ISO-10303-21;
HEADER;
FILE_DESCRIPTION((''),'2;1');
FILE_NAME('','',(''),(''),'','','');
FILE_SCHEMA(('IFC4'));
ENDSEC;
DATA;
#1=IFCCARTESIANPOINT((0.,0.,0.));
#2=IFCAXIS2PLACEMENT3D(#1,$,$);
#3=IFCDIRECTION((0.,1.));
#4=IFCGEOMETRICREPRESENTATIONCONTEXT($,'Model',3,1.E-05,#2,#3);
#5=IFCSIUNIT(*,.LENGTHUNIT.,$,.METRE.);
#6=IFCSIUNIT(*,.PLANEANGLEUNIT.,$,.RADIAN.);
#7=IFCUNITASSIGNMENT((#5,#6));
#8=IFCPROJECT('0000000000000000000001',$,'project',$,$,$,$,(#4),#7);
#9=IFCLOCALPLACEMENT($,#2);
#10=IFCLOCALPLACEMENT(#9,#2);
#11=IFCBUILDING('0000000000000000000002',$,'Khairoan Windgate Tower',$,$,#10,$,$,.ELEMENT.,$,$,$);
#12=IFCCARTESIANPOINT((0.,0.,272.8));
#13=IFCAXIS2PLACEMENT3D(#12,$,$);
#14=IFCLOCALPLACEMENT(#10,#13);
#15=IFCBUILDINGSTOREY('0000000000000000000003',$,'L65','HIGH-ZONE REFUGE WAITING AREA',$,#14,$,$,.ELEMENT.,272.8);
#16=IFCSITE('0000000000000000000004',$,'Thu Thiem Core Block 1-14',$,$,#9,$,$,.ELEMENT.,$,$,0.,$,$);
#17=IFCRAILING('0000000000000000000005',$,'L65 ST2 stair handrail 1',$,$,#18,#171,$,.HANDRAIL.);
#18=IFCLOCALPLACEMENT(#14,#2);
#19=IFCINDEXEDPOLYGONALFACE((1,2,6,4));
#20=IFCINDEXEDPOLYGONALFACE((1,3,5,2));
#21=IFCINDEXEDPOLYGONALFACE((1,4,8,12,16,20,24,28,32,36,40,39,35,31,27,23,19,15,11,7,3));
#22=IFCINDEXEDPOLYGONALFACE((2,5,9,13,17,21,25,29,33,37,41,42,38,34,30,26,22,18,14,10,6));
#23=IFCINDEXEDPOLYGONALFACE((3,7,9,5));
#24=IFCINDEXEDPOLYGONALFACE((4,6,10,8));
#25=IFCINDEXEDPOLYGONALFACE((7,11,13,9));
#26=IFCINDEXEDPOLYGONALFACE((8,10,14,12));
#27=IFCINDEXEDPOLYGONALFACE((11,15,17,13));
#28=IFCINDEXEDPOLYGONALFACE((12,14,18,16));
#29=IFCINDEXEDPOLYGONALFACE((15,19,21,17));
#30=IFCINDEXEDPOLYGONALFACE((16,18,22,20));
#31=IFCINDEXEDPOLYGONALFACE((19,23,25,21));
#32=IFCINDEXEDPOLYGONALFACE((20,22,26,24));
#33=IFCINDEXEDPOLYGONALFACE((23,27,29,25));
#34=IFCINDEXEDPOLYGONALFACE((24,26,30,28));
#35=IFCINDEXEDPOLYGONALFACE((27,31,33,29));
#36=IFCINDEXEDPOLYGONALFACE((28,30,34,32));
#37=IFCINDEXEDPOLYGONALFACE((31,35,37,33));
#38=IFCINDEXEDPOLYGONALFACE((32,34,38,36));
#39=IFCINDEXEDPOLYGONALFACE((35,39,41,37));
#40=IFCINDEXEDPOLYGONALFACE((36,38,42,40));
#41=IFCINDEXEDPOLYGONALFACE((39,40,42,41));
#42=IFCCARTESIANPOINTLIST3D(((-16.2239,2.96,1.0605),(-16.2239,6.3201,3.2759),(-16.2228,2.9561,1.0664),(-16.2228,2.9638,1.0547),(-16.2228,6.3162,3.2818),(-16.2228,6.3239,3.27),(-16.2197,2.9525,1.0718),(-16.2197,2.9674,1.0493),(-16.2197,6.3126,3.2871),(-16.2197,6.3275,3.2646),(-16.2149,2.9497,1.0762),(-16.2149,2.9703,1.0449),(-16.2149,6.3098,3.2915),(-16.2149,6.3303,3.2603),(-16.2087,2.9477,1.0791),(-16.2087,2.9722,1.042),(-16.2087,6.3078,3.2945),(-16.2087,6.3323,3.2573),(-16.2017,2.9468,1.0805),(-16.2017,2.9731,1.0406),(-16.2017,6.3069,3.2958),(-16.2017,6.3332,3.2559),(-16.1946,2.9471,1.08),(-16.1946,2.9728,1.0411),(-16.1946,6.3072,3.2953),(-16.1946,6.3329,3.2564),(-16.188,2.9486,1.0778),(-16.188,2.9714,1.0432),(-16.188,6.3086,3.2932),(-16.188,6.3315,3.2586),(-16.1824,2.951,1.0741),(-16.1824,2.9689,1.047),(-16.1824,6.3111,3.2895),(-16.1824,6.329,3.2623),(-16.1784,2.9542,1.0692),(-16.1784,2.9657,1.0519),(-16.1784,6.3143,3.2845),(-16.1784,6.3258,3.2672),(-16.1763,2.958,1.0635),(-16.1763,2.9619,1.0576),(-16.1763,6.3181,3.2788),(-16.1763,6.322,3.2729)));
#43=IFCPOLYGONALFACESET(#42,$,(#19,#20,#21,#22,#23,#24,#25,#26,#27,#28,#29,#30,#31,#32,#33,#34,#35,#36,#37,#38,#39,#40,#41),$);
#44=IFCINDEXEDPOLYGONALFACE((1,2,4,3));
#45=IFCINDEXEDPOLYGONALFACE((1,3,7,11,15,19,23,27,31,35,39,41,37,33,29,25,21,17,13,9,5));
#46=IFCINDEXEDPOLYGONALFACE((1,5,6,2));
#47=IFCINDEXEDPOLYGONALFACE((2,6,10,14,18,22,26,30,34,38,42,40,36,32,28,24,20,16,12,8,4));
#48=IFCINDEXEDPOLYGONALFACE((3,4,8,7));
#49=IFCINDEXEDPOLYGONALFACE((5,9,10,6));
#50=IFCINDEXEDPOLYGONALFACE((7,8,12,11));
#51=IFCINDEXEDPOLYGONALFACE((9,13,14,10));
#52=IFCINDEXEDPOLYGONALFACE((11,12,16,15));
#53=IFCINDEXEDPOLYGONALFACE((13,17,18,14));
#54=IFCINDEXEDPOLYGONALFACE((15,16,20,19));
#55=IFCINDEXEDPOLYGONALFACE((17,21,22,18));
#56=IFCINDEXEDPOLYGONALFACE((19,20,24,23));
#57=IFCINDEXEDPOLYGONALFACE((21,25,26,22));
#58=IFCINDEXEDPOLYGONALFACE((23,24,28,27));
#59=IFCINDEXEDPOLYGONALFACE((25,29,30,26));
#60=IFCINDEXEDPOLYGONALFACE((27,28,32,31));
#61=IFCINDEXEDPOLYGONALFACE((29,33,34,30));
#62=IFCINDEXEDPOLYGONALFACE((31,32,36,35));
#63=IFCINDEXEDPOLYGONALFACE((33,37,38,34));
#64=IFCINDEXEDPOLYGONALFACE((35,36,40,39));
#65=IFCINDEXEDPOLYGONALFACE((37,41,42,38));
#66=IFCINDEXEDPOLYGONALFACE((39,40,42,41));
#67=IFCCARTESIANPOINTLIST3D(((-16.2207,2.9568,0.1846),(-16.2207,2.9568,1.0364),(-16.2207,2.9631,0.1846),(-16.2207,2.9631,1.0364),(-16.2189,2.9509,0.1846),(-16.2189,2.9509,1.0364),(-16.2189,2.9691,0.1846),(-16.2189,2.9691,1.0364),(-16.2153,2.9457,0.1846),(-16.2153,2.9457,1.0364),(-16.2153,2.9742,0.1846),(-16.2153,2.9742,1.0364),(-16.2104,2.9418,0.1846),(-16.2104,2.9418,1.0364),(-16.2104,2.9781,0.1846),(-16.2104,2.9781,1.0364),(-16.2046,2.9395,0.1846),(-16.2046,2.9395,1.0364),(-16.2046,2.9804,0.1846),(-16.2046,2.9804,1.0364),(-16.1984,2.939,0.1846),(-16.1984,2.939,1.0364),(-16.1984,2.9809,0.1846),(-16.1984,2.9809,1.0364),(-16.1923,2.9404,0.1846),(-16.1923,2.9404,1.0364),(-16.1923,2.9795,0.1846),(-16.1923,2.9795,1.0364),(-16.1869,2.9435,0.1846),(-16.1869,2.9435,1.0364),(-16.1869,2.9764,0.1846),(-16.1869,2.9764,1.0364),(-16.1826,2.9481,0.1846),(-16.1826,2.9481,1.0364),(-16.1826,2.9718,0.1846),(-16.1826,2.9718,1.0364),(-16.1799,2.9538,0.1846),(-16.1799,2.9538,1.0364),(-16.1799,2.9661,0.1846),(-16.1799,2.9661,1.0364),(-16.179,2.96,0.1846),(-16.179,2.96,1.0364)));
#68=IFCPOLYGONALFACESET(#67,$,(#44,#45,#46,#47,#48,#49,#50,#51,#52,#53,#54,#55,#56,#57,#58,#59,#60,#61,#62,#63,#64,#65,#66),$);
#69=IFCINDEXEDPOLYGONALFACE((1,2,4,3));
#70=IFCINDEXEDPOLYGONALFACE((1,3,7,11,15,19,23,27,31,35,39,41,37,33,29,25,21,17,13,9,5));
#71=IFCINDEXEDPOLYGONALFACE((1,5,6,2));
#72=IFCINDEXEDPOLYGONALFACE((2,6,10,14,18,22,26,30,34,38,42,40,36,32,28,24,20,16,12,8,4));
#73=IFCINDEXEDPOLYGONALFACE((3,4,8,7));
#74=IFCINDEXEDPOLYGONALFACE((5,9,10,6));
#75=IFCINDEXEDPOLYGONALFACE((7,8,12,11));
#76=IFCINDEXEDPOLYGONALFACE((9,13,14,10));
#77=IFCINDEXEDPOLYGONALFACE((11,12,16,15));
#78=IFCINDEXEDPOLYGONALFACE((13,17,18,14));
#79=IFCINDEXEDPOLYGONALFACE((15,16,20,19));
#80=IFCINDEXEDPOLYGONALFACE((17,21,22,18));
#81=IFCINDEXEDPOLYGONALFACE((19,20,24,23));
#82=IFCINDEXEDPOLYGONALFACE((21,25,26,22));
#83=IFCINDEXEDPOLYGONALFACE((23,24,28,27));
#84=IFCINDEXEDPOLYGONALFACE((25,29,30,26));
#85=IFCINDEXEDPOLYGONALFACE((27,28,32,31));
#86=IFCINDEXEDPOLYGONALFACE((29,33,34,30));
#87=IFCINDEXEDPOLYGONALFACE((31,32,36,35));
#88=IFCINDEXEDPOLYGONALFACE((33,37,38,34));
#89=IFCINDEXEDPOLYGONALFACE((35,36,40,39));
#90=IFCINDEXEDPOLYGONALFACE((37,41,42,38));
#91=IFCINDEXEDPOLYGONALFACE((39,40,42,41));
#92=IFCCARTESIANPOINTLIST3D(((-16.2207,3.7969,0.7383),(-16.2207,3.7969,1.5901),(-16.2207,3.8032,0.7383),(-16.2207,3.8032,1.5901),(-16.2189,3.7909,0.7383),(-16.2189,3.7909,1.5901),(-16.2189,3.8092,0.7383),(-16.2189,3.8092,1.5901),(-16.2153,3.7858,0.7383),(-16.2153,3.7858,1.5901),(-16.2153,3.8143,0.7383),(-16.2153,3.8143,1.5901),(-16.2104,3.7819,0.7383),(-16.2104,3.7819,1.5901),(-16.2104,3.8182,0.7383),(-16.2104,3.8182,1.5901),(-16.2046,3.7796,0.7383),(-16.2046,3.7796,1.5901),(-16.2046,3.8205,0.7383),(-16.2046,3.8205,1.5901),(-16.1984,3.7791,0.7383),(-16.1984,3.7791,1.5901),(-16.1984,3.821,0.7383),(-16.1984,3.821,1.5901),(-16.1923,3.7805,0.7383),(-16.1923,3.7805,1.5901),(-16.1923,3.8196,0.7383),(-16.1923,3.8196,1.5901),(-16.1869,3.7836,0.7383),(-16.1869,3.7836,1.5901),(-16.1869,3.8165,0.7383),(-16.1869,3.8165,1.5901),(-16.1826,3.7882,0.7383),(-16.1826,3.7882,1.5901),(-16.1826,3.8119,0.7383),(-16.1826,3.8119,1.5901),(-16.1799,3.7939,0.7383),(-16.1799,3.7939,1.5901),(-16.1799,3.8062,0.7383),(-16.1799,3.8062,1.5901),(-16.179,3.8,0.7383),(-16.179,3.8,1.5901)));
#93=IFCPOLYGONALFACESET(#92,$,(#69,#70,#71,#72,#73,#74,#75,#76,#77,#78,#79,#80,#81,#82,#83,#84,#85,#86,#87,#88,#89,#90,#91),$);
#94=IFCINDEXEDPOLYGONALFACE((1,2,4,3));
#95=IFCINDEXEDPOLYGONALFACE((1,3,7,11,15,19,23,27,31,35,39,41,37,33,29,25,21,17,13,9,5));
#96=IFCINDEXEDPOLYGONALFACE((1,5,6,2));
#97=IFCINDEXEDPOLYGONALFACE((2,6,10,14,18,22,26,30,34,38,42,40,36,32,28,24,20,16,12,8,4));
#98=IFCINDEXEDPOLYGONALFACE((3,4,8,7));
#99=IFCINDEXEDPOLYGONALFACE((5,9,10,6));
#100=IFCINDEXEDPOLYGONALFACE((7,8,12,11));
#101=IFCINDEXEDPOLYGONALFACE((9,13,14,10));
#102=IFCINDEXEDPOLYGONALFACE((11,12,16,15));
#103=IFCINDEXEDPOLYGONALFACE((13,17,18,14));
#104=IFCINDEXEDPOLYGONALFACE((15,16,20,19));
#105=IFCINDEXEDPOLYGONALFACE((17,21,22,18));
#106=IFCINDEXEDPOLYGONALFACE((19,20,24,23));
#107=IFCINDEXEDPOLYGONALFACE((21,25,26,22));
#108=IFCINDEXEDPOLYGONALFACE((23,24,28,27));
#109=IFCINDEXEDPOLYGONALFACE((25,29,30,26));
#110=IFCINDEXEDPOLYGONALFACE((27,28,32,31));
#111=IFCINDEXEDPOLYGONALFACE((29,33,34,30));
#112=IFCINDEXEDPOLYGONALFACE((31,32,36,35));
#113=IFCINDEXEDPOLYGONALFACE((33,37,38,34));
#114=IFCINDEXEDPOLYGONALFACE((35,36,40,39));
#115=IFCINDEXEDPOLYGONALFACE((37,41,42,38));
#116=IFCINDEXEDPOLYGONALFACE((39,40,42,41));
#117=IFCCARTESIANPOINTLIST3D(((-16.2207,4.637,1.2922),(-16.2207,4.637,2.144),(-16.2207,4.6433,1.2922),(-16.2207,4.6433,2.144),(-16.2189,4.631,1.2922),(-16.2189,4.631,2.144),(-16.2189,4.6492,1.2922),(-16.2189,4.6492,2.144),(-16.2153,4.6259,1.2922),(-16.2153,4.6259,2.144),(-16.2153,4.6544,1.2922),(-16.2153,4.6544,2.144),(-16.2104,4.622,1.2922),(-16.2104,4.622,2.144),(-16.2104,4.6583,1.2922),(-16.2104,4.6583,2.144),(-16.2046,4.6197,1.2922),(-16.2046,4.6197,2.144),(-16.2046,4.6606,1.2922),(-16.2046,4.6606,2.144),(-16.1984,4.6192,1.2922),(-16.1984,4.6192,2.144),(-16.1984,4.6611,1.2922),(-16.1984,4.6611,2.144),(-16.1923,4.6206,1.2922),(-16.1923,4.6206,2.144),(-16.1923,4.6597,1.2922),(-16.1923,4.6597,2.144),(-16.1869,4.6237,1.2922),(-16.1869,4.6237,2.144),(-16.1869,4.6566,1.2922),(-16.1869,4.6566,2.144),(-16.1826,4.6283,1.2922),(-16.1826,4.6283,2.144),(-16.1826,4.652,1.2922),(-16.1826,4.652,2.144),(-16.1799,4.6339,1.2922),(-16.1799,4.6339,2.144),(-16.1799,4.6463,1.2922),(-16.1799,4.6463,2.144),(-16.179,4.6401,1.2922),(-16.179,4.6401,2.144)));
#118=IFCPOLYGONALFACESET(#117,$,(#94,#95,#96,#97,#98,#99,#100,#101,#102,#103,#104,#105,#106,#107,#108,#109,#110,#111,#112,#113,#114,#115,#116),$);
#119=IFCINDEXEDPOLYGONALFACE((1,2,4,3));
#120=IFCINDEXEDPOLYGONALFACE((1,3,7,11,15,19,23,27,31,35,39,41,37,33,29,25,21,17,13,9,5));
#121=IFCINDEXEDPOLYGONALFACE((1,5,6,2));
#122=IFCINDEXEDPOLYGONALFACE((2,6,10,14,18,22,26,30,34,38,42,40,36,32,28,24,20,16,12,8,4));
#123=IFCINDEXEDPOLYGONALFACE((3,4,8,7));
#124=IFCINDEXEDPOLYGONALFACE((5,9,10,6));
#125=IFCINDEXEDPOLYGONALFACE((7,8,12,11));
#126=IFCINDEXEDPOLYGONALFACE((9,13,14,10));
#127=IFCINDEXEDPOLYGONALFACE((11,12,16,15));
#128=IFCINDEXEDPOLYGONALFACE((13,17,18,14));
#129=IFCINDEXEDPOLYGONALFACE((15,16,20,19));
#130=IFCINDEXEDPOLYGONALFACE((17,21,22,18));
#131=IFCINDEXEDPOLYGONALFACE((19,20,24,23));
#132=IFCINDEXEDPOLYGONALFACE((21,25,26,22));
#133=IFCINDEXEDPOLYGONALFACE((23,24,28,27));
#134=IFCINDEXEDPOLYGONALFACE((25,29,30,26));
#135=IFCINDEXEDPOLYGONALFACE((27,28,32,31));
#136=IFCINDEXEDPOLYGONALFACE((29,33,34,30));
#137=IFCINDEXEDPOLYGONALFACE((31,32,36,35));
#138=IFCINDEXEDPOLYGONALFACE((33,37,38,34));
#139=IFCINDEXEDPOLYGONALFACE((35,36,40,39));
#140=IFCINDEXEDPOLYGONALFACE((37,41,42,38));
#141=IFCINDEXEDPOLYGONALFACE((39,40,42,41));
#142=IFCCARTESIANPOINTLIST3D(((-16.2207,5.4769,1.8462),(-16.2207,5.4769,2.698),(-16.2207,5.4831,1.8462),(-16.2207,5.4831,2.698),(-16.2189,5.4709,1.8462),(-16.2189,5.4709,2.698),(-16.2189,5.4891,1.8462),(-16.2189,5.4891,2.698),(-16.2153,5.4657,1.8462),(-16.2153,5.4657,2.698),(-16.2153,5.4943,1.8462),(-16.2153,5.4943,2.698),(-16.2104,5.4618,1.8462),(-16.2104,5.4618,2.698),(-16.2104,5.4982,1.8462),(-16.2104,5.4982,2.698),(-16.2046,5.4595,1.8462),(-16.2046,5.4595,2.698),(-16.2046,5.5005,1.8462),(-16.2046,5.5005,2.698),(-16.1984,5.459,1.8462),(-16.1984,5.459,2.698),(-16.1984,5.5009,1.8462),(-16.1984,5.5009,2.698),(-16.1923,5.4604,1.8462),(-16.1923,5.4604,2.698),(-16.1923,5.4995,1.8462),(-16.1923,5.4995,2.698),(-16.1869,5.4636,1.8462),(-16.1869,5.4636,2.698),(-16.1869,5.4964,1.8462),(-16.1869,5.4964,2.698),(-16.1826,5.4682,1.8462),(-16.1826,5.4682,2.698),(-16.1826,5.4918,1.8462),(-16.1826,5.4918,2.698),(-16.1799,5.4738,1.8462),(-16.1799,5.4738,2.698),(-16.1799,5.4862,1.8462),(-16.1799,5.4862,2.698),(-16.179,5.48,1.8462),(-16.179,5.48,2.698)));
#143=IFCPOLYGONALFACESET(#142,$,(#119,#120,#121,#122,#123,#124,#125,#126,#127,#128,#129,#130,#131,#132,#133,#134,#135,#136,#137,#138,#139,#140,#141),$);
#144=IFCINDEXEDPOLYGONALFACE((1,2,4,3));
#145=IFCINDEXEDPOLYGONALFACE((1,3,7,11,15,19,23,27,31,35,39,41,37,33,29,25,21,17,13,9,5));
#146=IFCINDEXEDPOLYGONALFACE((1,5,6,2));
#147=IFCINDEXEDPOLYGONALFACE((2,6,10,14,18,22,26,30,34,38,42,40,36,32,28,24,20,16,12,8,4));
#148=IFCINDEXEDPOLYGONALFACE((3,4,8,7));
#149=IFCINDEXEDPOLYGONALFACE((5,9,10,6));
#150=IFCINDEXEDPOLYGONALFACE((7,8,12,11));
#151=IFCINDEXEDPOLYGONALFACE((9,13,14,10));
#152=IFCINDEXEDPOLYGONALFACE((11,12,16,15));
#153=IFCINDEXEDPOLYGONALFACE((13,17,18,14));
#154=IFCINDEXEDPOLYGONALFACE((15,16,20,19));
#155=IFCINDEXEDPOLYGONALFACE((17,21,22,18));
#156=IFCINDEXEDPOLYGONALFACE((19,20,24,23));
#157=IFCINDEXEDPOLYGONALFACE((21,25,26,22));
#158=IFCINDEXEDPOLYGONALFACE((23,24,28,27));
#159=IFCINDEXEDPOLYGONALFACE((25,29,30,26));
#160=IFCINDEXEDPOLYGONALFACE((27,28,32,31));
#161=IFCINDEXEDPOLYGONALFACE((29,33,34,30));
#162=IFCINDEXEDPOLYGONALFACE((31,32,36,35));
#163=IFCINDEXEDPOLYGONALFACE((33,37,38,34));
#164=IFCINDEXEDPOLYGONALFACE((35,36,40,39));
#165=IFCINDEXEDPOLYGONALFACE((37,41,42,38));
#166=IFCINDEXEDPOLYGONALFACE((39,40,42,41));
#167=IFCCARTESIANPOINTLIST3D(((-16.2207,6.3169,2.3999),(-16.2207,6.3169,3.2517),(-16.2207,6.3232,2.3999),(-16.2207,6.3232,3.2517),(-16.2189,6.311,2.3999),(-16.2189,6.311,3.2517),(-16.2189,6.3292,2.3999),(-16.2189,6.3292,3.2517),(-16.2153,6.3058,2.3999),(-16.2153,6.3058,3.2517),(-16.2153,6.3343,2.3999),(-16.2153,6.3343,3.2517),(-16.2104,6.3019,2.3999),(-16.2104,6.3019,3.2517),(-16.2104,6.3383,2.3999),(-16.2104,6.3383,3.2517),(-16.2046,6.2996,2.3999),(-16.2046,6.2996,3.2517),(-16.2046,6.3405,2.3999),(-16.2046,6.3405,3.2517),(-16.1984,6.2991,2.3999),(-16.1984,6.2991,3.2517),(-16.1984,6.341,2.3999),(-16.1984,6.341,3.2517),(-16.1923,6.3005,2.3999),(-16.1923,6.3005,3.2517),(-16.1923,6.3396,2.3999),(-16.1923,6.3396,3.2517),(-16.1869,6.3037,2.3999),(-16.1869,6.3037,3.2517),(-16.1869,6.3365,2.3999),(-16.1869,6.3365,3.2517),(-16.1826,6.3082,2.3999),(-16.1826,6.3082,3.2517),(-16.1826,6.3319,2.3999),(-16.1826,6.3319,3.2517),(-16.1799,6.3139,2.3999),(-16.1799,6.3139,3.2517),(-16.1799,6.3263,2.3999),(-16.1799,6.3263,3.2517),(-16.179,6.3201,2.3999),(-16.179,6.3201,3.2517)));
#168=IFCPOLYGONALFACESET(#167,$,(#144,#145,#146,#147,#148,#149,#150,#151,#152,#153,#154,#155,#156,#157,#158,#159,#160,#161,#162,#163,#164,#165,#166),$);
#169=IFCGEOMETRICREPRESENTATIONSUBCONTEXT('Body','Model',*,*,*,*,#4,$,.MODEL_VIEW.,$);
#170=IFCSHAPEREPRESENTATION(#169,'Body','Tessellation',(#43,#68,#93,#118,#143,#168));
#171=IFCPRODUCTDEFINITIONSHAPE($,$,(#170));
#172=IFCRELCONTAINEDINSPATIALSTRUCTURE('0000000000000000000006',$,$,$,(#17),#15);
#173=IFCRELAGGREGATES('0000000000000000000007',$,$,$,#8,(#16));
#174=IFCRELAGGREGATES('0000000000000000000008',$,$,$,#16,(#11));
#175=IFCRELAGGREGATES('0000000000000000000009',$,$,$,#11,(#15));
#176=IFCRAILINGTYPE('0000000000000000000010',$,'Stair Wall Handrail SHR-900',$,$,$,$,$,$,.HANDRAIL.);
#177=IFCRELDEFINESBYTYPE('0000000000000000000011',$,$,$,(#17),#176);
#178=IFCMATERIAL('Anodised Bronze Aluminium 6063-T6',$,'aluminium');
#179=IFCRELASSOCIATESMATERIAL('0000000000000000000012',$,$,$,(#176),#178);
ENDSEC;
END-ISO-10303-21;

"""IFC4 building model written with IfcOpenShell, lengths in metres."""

from ifc_helpers import new_model, si_unit, direction, frame, origin, origin_2d, place, context, subcontext, project, spatial, circle, extrude, material, type_object, element, save


model = new_model("IFC4")

# Units and contexts
model_context = context("Model", 3, precision=1e-05, world=origin(), true_north=direction((0.0, 1.0)))
body_context = subcontext(model_context, "Body", "Model", "MODEL_VIEW")
ifc_project = project(units=[si_unit("LENGTHUNIT", "METRE"), si_unit("PLANEANGLEUNIT", "RADIAN")], contexts=[model_context])

# Site, building, storey
site_placement = place(None, origin())
site = spatial("IfcSite", under=ifc_project, at=site_placement, Name="Thu Thiem Core Block 1-14", CompositionType="ELEMENT", RefElevation=0.0)
building_placement = place(site_placement, origin())
building = spatial("IfcBuilding", under=site, at=building_placement, Name="Khairoan Windgate Tower", CompositionType="ELEMENT")
storey_placement = place(building_placement, frame((0.0, 0.0, 272.8)))
storey = spatial("IfcBuildingStorey", under=building, at=storey_placement, Name="L65", Description="HIGH-ZONE REFUGE WAITING AREA", CompositionType="ELEMENT", Elevation=272.8)

# Railing
ifc_material_1 = material(Name="Anodised Bronze Aluminium 6063-T6", Category="aluminium")
railing_type_1 = type_object("IfcRailingType", Name="Stair Wall Handrail SHR-900", PredefinedType="HANDRAIL", material=ifc_material_1)
railing_1_placement = place(storey_placement, frame((-16.2, 2.96, 0.1846)))
element("IfcRailing", 1, at=railing_1_placement, inside=storey, type_object=railing_type_1, Name="L65 ST2 stair handrail 1", PredefinedType="HANDRAIL", context=body_context, shape_type="SweptSolid", body=[
    extrude(circle(Radius=0.0239, at=origin_2d()), frame((0.0, 0.0, 0.876), z_axis=(0.0, 0.834876, 0.550437), x_axis=(-1.0, 0.0, 0.0)), (0.0, 0.0, 1.0), 4.0247),
    extrude(circle(Radius=0.021, at=origin_2d()), origin(), (0.0, 0.0, 1.0), 0.8518),
    extrude(circle(Radius=0.021, at=origin_2d()), frame((0.0, 0.8401, 0.5537)), (0.0, 0.0, 1.0), 0.8518),
    extrude(circle(Radius=0.021, at=origin_2d()), frame((0.0, 1.6802, 1.1077)), (0.0, 0.0, 1.0), 0.8518),
    extrude(circle(Radius=0.021, at=origin_2d()), frame((0.0, 2.52, 1.6616)), (0.0, 0.0, 1.0), 0.8518),
    extrude(circle(Radius=0.021, at=origin_2d()), frame((0.0, 3.3601, 2.2153)), (0.0, 0.0, 1.0), 0.8518),
])

save(model, "model.ifc")
